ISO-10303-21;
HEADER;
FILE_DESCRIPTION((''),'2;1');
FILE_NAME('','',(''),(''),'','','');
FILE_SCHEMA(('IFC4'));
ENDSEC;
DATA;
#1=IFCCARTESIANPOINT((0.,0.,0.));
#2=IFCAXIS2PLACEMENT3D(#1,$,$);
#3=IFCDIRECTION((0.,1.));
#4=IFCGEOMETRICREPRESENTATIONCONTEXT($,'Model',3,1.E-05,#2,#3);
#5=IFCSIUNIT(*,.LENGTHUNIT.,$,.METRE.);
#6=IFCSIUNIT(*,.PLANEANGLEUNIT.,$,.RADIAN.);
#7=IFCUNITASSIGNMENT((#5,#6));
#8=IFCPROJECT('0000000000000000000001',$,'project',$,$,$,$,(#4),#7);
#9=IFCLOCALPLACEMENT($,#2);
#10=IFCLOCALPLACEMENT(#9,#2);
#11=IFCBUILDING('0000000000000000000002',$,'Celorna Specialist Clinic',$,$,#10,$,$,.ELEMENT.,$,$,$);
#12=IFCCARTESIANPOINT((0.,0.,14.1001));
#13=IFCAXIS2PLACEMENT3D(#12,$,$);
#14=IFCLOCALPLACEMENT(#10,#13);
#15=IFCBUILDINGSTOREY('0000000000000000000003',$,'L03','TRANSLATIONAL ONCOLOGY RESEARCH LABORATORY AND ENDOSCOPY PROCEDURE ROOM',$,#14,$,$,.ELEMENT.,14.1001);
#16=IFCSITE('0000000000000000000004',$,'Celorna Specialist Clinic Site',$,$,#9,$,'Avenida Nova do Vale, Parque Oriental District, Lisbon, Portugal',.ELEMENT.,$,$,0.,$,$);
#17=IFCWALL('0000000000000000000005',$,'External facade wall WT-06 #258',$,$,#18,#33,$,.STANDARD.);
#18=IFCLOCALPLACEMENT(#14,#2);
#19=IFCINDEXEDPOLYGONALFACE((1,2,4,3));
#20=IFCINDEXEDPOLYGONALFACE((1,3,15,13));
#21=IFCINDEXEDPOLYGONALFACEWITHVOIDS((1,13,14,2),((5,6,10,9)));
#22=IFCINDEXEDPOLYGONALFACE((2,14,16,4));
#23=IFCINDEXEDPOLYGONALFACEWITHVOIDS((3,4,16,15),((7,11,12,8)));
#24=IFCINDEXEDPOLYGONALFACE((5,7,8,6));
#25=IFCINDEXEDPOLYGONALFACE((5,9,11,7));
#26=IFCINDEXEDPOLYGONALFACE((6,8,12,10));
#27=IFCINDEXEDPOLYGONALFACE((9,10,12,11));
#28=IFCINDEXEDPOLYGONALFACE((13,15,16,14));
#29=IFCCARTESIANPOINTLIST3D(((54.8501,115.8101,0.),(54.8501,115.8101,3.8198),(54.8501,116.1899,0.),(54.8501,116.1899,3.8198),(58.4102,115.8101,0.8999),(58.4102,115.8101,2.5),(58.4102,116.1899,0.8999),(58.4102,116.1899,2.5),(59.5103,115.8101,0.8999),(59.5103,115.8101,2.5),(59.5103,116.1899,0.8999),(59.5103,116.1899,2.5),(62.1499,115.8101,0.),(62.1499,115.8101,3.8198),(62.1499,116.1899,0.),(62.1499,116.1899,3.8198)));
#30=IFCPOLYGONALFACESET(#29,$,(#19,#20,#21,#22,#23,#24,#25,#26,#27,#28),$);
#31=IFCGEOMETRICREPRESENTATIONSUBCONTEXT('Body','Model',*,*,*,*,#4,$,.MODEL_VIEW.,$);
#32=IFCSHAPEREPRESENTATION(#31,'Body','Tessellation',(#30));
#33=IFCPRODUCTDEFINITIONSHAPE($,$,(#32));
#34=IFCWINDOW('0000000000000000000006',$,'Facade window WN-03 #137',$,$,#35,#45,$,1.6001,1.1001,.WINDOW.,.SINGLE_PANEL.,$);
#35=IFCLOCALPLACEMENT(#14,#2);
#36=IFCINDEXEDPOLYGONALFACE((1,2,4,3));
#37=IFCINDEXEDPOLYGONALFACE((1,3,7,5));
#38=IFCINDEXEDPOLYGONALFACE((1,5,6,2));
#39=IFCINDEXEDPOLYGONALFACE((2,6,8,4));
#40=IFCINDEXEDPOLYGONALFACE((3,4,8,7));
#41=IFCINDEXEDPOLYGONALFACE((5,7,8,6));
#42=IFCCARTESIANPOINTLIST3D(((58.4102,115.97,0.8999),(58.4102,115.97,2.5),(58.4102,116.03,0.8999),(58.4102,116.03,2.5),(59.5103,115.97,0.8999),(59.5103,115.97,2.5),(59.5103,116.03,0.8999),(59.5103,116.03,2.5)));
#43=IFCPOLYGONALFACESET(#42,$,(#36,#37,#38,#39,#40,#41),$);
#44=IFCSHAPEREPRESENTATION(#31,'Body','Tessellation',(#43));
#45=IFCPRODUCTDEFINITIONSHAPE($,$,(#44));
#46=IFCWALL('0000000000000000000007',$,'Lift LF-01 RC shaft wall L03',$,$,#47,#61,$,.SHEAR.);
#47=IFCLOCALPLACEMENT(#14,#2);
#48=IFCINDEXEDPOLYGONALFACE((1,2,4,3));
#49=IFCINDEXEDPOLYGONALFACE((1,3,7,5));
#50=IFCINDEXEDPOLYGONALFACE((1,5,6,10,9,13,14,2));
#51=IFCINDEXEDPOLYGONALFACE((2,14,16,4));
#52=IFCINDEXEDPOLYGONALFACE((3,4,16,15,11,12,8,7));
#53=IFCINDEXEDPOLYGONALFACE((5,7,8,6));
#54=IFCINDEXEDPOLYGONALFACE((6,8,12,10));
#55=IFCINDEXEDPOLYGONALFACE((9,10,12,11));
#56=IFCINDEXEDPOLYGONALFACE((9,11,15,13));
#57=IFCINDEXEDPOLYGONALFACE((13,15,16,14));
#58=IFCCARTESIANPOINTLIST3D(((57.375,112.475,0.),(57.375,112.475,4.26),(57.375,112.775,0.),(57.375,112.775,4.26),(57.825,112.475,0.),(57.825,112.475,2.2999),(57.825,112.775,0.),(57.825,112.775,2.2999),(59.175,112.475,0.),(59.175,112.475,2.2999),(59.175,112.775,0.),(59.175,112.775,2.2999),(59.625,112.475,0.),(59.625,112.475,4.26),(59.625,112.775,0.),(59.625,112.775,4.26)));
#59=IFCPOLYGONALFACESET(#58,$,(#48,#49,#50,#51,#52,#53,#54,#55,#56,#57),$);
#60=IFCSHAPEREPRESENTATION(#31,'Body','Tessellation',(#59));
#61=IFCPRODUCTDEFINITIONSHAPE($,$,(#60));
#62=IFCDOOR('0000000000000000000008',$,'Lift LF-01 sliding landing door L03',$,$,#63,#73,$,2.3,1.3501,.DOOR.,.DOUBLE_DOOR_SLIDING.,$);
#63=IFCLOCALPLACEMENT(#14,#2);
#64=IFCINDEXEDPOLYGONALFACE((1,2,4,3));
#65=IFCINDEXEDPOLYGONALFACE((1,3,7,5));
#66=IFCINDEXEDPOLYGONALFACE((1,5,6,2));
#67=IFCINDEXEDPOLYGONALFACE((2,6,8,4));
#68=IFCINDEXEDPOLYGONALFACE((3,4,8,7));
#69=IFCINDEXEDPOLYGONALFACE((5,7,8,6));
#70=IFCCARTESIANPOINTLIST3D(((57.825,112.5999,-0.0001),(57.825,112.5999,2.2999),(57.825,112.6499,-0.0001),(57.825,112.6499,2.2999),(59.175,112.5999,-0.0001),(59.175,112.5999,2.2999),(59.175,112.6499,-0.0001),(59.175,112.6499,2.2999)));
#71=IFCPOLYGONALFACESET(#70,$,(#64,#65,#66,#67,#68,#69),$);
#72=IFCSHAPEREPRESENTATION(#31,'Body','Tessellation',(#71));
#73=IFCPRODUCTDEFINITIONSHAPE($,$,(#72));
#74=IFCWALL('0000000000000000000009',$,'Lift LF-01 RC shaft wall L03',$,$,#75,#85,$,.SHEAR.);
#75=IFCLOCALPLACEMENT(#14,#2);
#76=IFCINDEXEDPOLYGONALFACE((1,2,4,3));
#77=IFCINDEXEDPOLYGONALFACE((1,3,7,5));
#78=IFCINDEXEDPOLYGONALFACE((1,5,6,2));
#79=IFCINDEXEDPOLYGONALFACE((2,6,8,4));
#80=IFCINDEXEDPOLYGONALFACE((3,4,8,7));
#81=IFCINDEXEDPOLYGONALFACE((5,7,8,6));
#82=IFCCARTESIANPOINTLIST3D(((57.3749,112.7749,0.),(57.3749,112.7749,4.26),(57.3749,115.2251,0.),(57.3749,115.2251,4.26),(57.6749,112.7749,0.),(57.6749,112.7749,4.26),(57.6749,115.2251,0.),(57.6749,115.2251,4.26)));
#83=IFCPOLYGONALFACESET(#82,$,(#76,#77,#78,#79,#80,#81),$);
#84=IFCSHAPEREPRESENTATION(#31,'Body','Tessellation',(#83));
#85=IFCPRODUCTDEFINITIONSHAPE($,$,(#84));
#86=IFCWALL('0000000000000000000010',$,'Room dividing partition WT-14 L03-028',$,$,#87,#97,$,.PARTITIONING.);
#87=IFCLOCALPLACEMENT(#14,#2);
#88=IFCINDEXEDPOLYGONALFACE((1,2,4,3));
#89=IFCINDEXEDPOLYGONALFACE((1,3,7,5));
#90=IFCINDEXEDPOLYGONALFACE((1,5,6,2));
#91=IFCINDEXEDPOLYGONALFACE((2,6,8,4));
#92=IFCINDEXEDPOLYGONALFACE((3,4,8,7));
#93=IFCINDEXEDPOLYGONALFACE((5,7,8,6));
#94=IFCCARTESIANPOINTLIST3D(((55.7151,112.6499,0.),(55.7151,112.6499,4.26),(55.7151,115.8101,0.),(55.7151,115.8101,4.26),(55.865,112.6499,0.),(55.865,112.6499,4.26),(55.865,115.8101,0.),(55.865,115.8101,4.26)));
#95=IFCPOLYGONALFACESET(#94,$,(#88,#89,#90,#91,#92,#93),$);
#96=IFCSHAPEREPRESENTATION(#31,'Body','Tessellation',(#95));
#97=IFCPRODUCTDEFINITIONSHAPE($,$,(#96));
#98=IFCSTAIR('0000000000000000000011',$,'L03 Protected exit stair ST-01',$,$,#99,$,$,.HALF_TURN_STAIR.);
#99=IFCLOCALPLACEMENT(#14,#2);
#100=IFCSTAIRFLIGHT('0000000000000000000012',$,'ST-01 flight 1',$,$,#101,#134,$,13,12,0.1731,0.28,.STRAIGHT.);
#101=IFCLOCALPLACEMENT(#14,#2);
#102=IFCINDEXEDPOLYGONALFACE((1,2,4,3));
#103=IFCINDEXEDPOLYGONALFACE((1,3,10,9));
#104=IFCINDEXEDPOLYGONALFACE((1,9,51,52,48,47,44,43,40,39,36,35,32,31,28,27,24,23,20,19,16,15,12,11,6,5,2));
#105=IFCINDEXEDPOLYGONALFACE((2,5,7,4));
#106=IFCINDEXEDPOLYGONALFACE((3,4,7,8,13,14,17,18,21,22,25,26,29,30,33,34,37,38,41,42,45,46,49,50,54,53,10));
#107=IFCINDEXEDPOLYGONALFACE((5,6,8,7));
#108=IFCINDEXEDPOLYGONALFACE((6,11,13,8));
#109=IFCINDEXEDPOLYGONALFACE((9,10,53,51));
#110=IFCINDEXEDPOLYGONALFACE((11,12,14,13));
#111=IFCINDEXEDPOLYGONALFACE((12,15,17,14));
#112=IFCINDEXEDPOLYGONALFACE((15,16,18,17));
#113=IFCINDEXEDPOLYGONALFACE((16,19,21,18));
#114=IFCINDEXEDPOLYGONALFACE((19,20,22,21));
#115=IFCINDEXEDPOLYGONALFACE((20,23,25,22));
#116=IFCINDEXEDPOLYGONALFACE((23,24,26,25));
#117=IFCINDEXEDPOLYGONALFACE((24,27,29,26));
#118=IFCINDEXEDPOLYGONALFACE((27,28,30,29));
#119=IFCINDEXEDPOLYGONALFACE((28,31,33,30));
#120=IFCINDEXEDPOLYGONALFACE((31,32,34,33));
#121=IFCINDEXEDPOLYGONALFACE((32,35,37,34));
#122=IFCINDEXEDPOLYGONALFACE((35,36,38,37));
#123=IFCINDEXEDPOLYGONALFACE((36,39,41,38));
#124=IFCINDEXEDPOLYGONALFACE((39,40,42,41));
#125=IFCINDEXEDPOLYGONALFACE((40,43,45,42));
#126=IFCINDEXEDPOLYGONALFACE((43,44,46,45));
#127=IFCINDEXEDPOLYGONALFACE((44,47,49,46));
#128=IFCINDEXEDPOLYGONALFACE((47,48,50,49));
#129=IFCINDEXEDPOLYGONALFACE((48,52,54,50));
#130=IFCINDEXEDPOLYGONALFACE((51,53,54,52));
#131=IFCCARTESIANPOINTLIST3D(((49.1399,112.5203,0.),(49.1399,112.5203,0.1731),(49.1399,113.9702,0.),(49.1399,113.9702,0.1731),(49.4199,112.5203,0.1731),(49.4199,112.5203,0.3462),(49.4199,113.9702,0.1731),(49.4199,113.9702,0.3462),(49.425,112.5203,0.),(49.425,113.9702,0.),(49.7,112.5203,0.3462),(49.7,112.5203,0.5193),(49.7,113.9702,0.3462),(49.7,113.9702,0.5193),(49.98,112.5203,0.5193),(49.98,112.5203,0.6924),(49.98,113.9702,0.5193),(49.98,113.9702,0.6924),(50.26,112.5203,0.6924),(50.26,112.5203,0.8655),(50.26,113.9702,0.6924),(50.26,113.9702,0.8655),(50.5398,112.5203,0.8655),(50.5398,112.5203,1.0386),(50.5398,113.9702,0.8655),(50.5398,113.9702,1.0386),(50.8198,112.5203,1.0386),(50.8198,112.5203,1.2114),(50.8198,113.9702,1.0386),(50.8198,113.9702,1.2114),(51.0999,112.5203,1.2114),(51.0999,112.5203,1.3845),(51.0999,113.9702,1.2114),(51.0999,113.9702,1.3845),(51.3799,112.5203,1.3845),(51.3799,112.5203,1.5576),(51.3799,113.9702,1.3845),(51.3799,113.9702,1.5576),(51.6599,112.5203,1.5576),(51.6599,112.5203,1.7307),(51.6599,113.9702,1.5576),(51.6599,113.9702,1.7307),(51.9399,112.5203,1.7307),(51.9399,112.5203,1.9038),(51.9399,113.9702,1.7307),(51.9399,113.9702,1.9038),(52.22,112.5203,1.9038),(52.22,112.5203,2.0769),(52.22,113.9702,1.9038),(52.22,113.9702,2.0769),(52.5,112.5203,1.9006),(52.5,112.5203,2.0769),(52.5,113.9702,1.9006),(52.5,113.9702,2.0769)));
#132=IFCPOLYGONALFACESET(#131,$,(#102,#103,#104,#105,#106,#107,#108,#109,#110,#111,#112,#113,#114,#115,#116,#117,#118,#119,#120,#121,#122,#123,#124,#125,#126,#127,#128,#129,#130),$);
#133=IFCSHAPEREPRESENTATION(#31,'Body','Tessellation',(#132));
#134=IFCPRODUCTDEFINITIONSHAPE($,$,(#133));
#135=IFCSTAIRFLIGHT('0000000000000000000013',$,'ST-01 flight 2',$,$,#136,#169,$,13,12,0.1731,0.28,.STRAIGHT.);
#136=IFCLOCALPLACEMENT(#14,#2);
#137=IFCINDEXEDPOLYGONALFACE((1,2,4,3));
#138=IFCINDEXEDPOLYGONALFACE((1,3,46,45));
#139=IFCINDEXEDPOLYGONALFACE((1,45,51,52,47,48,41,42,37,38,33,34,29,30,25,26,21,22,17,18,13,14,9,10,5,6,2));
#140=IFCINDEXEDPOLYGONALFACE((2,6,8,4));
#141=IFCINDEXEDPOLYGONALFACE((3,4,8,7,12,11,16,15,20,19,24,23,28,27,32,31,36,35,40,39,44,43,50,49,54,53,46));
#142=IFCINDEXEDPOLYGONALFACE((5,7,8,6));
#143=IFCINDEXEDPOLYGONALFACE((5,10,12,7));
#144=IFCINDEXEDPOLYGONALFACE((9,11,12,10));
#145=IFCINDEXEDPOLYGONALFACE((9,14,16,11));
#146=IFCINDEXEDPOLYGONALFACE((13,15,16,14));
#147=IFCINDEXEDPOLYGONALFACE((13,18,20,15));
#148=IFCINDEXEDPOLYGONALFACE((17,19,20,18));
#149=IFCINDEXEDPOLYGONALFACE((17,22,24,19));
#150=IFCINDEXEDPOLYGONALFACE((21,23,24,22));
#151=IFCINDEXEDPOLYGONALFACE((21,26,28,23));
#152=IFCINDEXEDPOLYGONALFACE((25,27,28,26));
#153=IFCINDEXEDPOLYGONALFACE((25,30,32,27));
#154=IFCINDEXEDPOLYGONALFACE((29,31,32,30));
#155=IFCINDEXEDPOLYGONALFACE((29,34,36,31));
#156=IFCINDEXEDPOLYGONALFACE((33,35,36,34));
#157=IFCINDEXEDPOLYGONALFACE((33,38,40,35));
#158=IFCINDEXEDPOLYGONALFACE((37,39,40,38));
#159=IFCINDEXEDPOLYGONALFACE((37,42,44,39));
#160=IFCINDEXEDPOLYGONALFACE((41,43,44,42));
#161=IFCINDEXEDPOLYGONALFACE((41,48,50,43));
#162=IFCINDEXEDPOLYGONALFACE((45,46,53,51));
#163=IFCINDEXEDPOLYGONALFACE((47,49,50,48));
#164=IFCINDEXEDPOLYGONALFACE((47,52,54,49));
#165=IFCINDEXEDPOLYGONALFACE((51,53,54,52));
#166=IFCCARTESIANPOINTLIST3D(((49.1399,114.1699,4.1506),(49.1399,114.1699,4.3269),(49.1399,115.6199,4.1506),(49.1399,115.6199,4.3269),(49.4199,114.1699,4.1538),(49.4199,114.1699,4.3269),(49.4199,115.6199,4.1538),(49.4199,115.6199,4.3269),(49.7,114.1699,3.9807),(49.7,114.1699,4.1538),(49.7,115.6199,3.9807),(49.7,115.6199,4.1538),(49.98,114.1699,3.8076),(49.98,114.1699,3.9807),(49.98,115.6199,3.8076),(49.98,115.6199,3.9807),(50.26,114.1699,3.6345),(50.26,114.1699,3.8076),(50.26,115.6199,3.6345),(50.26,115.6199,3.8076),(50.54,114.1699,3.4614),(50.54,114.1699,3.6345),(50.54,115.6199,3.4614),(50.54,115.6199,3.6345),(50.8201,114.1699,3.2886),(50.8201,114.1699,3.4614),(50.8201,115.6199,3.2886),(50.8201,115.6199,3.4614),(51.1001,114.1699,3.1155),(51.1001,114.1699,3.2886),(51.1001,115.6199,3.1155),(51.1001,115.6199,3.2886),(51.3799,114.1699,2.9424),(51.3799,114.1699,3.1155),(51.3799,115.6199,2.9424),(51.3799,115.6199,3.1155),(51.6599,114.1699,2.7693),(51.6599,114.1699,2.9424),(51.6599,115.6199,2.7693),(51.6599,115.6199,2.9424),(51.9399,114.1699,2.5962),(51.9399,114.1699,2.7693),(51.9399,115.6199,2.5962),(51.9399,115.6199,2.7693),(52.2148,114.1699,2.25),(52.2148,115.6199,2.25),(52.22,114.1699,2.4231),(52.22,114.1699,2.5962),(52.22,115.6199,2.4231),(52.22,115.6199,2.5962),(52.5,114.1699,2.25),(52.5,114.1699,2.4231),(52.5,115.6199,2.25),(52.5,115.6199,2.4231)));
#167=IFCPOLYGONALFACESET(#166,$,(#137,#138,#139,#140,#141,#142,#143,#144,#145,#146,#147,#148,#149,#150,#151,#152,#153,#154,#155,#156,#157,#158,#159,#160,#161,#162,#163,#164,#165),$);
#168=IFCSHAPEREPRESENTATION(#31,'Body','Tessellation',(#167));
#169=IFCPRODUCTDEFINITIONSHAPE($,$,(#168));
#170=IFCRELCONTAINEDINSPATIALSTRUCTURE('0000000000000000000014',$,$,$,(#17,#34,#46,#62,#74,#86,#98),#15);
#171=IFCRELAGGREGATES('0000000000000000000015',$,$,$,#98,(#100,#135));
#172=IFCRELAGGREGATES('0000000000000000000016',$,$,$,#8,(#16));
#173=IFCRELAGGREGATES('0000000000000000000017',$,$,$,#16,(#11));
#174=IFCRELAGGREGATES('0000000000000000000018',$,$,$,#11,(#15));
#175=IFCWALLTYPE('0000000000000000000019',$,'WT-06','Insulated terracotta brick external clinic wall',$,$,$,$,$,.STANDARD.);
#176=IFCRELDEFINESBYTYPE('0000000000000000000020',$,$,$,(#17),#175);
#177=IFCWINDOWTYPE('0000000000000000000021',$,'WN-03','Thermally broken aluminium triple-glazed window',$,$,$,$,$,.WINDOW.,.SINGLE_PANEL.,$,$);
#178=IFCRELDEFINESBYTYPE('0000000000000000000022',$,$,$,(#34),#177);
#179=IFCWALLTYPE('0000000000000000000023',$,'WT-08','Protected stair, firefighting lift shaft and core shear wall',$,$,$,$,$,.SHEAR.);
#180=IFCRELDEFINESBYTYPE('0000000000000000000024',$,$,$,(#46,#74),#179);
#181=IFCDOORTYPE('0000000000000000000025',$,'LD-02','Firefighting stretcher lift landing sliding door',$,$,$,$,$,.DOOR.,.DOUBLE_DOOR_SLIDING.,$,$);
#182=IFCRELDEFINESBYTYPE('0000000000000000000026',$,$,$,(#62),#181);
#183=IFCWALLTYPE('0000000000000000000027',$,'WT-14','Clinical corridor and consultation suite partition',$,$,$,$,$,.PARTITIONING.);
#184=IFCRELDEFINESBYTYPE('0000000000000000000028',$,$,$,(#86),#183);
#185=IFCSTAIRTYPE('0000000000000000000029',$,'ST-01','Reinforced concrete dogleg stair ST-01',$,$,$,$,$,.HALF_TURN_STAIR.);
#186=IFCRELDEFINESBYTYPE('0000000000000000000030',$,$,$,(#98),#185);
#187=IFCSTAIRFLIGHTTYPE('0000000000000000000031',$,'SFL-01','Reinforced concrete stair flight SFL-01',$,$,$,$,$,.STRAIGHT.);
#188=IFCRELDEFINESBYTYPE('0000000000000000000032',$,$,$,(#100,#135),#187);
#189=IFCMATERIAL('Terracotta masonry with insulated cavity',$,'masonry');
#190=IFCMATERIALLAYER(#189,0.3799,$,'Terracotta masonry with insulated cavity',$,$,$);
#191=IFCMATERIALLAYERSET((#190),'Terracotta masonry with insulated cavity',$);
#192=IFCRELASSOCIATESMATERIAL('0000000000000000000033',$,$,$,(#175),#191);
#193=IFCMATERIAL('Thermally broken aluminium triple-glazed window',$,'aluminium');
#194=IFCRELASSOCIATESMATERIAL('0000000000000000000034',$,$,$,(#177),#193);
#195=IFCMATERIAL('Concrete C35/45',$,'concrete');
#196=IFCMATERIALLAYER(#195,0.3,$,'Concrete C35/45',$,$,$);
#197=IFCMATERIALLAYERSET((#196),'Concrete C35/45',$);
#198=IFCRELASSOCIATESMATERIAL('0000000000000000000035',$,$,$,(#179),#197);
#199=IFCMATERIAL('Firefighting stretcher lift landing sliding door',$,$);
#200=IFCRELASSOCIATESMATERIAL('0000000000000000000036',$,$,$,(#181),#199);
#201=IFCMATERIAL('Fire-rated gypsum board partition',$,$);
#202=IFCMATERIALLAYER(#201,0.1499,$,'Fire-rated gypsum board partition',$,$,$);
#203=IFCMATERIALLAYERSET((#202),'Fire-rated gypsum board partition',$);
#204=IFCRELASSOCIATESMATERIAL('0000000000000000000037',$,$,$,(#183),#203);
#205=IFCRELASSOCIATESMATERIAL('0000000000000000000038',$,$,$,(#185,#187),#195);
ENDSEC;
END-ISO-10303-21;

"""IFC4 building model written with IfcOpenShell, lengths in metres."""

from ifc_helpers import new_model, si_unit, direction, frame, frame_2d, origin, place, context, subcontext, project, spatial, polyline, rectangle, outline, extrude, material, layer, layer_set, type_object, element, fill, aggregate, save


model = new_model("IFC4")

# Units and contexts
model_context = context("Model", 3, precision=1e-05, world=origin(), true_north=direction((0.0, 1.0)))
body_context = subcontext(model_context, "Body", "Model", "MODEL_VIEW")
ifc_project = project(units=[si_unit("LENGTHUNIT", "METRE"), si_unit("PLANEANGLEUNIT", "RADIAN")], contexts=[model_context])

# Site, building, storey
site_placement = place(None, origin())
site = spatial("IfcSite", under=ifc_project, at=site_placement, Name="Celorna Specialist Clinic Site", LongName="Avenida Nova do Vale, Parque Oriental District, Lisbon, Portugal", CompositionType="ELEMENT", RefElevation=0.0)
building_placement = place(site_placement, origin())
building = spatial("IfcBuilding", under=site, at=building_placement, Name="Celorna Specialist Clinic", CompositionType="ELEMENT")
storey_placement = place(building_placement, frame((0.0, 0.0, 14.1001)))
storey = spatial("IfcBuildingStorey", under=building, at=storey_placement, Name="L03", Description="TRANSLATIONAL ONCOLOGY RESEARCH LABORATORY AND ENDOSCOPY PROCEDURE ROOM", CompositionType="ELEMENT", Elevation=14.1001)

# Shared definitions
ifc_material_1 = material(Name="Concrete C35/45", Category="concrete")

# Wall, opening, window
ifc_material_2 = material(Name="Terracotta masonry with insulated cavity", Category="masonry")
ifc_layer_1 = layer(ifc_material_2, 0.3799, Name="Terracotta masonry with insulated cavity")
ifc_layer_set_1 = layer_set([ifc_layer_1], Name="Terracotta masonry with insulated cavity")
wall_type_1 = type_object("IfcWallType", Name="WT-06", Description="Insulated terracotta brick external clinic wall", PredefinedType="STANDARD", material=ifc_layer_set_1)
ifc_material_3 = material(Name="Thermally broken aluminium triple-glazed window", Category="aluminium")
wall_1_placement = place(storey_placement, frame((54.8501, 116.0, 0.0), z_axis=(0.0, 0.0, 1.0), x_axis=(1.0, 0.0, 0.0)))
wall_1 = element("IfcWall", 1, at=wall_1_placement, inside=storey, type_object=wall_type_1, Name="External facade wall WT-06 #258", PredefinedType="STANDARD", context=body_context, shape_type="SweptSolid", body=[
    extrude(rectangle(XDim=7.2998, YDim=0.3799, at=frame_2d((3.6499, 0.0))), origin(), (0.0, 0.0, 1.0), 3.8198),
])
opening_1_placement = place(wall_1_placement, frame((3.5601, 0.0, 0.8999)))
opening_1 = element("IfcOpeningElement", 2, at=opening_1_placement, cuts=wall_1, PredefinedType="OPENING", context=body_context, shape_type="SweptSolid", body=[
    extrude(rectangle(XDim=1.1001, YDim=1.6001, at=frame_2d((0.55, 0.8))), frame((0.0, 0.2, 0.0), z_axis=(0.0, -1.0, 0.0), x_axis=(1.0, 0.0, 0.0)), (0.0, 0.0, 1.0), 0.3999),
])
window_type_1 = type_object("IfcWindowType", Name="WN-03", Description="Thermally broken aluminium triple-glazed window", PartitioningType="SINGLE_PANEL", PredefinedType="WINDOW", material=ifc_material_3)
window_1_placement = place(opening_1_placement, origin())
window_1 = element("IfcWindow", 3, at=window_1_placement, inside=storey, type_object=window_type_1, Name="Facade window WN-03 #137", OverallHeight=1.6001, OverallWidth=1.1001, PartitioningType="SINGLE_PANEL", PredefinedType="WINDOW", context=body_context, shape_type="SweptSolid", body=[
    extrude(rectangle(XDim=1.1001, YDim=1.6001, at=frame_2d((0.55, 0.8))), frame((0.0, 0.03, 0.0), z_axis=(0.0, -1.0, 0.0), x_axis=(1.0, 0.0, 0.0)), (0.0, 0.0, 1.0), 0.0601),
])
fill(opening_1, window_1)

# Wall, opening, door
ifc_layer_2 = layer(ifc_material_1, 0.3, Name="Concrete C35/45")
ifc_layer_set_2 = layer_set([ifc_layer_2], Name="Concrete C35/45")
wall_type_2 = type_object("IfcWallType", Name="WT-08", Description="Protected stair, firefighting lift shaft and core shear wall", PredefinedType="SHEAR", material=ifc_layer_set_2)
wall_2_placement = place(storey_placement, frame((57.375, 112.625, 0.0), z_axis=(0.0, 0.0, 1.0), x_axis=(1.0, 0.0, 0.0)))
wall_2 = element("IfcWall", 4, at=wall_2_placement, inside=storey, type_object=wall_type_2, Name="Lift LF-01 RC shaft wall L03", PredefinedType="SHEAR", context=body_context, shape_type="SweptSolid", body=[
    extrude(rectangle(XDim=2.25, YDim=0.3, at=frame_2d((1.125, 0.0))), origin(), (0.0, 0.0, 1.0), 4.26),
])
opening_2_placement = place(wall_2_placement, frame((0.45, 0.0, 0.0)))
opening_2 = element("IfcOpeningElement", 5, at=opening_2_placement, cuts=wall_2, PredefinedType="OPENING", context=body_context, shape_type="SweptSolid", body=[
    extrude(rectangle(XDim=1.3501, YDim=2.3, at=frame_2d((0.675, 1.1499))), frame((0.0, 0.1599, 0.0), z_axis=(0.0, -1.0, 0.0), x_axis=(1.0, 0.0, 0.0)), (0.0, 0.0, 1.0), 0.3201),
])
ifc_material_4 = material(Name="Firefighting stretcher lift landing sliding door")
door_type = type_object("IfcDoorType", Name="LD-02", Description="Firefighting stretcher lift landing sliding door", OperationType="DOUBLE_DOOR_SLIDING", PredefinedType="DOOR", material=ifc_material_4)
door_placement = place(opening_2_placement, origin())
door = element("IfcDoor", 6, at=door_placement, inside=storey, type_object=door_type, Name="Lift LF-01 sliding landing door L03", OperationType="DOUBLE_DOOR_SLIDING", OverallHeight=2.3, OverallWidth=1.3501, PredefinedType="DOOR", context=body_context, shape_type="SweptSolid", body=[
    extrude(rectangle(XDim=1.3501, YDim=2.3, at=frame_2d((0.675, 1.1499))), frame((0.0, 0.0249, 0.0), z_axis=(0.0, -1.0, 0.0), x_axis=(1.0, 0.0, 0.0)), (0.0, 0.0, 1.0), 0.05),
])
fill(opening_2, door)

# Walls
wall_3_placement = place(storey_placement, frame((57.5249, 115.2251, 0.0), z_axis=(0.0, 0.0, 1.0), x_axis=(0.0, -1.0, 0.0)))
element("IfcWall", 7, at=wall_3_placement, inside=storey, type_object=wall_type_2, Name="Lift LF-01 RC shaft wall L03", PredefinedType="SHEAR", context=body_context, shape_type="SweptSolid", body=[
    extrude(rectangle(XDim=2.4502, YDim=0.3, at=frame_2d((1.2251, 0.0))), origin(), (0.0, 0.0, 1.0), 4.26),
])
ifc_material_5 = material(Name="Fire-rated gypsum board partition")
ifc_layer_3 = layer(ifc_material_5, 0.1499, Name="Fire-rated gypsum board partition")
ifc_layer_set_3 = layer_set([ifc_layer_3], Name="Fire-rated gypsum board partition")
wall_type_3 = type_object("IfcWallType", Name="WT-14", Description="Clinical corridor and consultation suite partition", PredefinedType="PARTITIONING", material=ifc_layer_set_3)
wall_4_placement = place(storey_placement, frame((55.79, 112.6499, 0.0), z_axis=(0.0, 0.0, 1.0), x_axis=(0.0, 1.0, 0.0)))
element("IfcWall", 8, at=wall_4_placement, inside=storey, type_object=wall_type_3, Name="Room dividing partition WT-14 L03-028", PredefinedType="PARTITIONING", context=body_context, shape_type="SweptSolid", body=[
    extrude(rectangle(XDim=3.1602, YDim=0.1499, at=frame_2d((1.5801, 0.0))), origin(), (0.0, 0.0, 1.0), 4.26),
])

# Stair, stair flights
stair_type = type_object("IfcStairType", Name="ST-01", Description="Reinforced concrete dogleg stair ST-01", PredefinedType="HALF_TURN_STAIR", material=ifc_material_1)
stair_placement = place(storey_placement, origin())
stair = element("IfcStair", 9, at=stair_placement, inside=storey, type_object=stair_type, Name="L03 Protected exit stair ST-01", PredefinedType="HALF_TURN_STAIR")
stair_flight_type = type_object("IfcStairFlightType", Name="SFL-01", Description="Reinforced concrete stair flight SFL-01", PredefinedType="STRAIGHT", material=ifc_material_1)
stair_flight_1_placement = place(storey_placement, frame((49.1399, 113.2451, 0.0), z_axis=(0.0, 0.0, 1.0), x_axis=(1.0, 0.0, 0.0)))
stair_flight_1 = element("IfcStairFlight", 10, at=stair_flight_1_placement, type_object=stair_flight_type, Name="ST-01 flight 1", NumberOfRisers=13, NumberOfTreads=12, PredefinedType="STRAIGHT", RiserHeight=0.1731, TreadLength=0.28, context=body_context, shape_type="SweptSolid", body=[
    extrude(outline(polyline([(0.0, 0.0), (0.0, 0.1731), (0.28, 0.1731), (0.28, 0.3462), (0.5601, 0.3462), (0.5601, 0.5193), (0.8401, 0.5193), (0.8401, 0.6924), (1.1201, 0.6924), (1.1201, 0.8655), (1.3999, 0.8655), (1.3999, 1.0386), (1.6799, 1.0386), (1.6799, 1.2114), (1.96, 1.2114), (1.96, 1.3845), (2.24, 1.3845), (2.24, 1.5576), (2.52, 1.5576), (2.52, 1.7307), (2.8, 1.7307), (2.8, 1.9038), (3.0801, 1.9038), (3.0801, 2.0769), (3.3601, 2.0769), (3.3601, 2.25), (3.3601, 1.9006), (0.2852, 0.0), (0.0, 0.0)])), frame((0.0, 0.7251, 0.0), z_axis=(0.0, -1.0, 0.0), x_axis=(1.0, 0.0, 0.0)), (0.0, 0.0, 1.0), 1.45),
])
stair_flight_2_placement = place(storey_placement, frame((52.5, 114.895, 2.25), z_axis=(0.0, 0.0, 1.0), x_axis=(-1.0, 0.0, 0.0)))
stair_flight_2 = element("IfcStairFlight", 11, at=stair_flight_2_placement, type_object=stair_flight_type, Name="ST-01 flight 2", NumberOfRisers=13, NumberOfTreads=12, PredefinedType="STRAIGHT", RiserHeight=0.1731, TreadLength=0.28, context=body_context, shape_type="SweptSolid", body=[
    extrude(outline(polyline([(0.0, 0.0), (0.0, 0.1731), (0.28, 0.1731), (0.28, 0.3462), (0.5601, 0.3462), (0.5601, 0.5193), (0.8401, 0.5193), (0.8401, 0.6924), (1.1201, 0.6924), (1.1201, 0.8655), (1.3999, 0.8655), (1.3999, 1.0386), (1.6799, 1.0386), (1.6799, 1.2114), (1.96, 1.2114), (1.96, 1.3845), (2.24, 1.3845), (2.24, 1.5576), (2.52, 1.5576), (2.52, 1.7307), (2.8, 1.7307), (2.8, 1.9038), (3.0801, 1.9038), (3.0801, 2.0769), (3.3601, 2.0769), (3.3601, 2.25), (3.3601, 1.9006), (0.2852, 0.0), (0.0, 0.0)])), frame((0.0, 0.7251, 0.0), z_axis=(0.0, -1.0, 0.0), x_axis=(1.0, 0.0, 0.0)), (0.0, 0.0, 1.0), 1.45),
])
aggregate(stair, [stair_flight_1, stair_flight_2])

save(model, "model.ifc")
